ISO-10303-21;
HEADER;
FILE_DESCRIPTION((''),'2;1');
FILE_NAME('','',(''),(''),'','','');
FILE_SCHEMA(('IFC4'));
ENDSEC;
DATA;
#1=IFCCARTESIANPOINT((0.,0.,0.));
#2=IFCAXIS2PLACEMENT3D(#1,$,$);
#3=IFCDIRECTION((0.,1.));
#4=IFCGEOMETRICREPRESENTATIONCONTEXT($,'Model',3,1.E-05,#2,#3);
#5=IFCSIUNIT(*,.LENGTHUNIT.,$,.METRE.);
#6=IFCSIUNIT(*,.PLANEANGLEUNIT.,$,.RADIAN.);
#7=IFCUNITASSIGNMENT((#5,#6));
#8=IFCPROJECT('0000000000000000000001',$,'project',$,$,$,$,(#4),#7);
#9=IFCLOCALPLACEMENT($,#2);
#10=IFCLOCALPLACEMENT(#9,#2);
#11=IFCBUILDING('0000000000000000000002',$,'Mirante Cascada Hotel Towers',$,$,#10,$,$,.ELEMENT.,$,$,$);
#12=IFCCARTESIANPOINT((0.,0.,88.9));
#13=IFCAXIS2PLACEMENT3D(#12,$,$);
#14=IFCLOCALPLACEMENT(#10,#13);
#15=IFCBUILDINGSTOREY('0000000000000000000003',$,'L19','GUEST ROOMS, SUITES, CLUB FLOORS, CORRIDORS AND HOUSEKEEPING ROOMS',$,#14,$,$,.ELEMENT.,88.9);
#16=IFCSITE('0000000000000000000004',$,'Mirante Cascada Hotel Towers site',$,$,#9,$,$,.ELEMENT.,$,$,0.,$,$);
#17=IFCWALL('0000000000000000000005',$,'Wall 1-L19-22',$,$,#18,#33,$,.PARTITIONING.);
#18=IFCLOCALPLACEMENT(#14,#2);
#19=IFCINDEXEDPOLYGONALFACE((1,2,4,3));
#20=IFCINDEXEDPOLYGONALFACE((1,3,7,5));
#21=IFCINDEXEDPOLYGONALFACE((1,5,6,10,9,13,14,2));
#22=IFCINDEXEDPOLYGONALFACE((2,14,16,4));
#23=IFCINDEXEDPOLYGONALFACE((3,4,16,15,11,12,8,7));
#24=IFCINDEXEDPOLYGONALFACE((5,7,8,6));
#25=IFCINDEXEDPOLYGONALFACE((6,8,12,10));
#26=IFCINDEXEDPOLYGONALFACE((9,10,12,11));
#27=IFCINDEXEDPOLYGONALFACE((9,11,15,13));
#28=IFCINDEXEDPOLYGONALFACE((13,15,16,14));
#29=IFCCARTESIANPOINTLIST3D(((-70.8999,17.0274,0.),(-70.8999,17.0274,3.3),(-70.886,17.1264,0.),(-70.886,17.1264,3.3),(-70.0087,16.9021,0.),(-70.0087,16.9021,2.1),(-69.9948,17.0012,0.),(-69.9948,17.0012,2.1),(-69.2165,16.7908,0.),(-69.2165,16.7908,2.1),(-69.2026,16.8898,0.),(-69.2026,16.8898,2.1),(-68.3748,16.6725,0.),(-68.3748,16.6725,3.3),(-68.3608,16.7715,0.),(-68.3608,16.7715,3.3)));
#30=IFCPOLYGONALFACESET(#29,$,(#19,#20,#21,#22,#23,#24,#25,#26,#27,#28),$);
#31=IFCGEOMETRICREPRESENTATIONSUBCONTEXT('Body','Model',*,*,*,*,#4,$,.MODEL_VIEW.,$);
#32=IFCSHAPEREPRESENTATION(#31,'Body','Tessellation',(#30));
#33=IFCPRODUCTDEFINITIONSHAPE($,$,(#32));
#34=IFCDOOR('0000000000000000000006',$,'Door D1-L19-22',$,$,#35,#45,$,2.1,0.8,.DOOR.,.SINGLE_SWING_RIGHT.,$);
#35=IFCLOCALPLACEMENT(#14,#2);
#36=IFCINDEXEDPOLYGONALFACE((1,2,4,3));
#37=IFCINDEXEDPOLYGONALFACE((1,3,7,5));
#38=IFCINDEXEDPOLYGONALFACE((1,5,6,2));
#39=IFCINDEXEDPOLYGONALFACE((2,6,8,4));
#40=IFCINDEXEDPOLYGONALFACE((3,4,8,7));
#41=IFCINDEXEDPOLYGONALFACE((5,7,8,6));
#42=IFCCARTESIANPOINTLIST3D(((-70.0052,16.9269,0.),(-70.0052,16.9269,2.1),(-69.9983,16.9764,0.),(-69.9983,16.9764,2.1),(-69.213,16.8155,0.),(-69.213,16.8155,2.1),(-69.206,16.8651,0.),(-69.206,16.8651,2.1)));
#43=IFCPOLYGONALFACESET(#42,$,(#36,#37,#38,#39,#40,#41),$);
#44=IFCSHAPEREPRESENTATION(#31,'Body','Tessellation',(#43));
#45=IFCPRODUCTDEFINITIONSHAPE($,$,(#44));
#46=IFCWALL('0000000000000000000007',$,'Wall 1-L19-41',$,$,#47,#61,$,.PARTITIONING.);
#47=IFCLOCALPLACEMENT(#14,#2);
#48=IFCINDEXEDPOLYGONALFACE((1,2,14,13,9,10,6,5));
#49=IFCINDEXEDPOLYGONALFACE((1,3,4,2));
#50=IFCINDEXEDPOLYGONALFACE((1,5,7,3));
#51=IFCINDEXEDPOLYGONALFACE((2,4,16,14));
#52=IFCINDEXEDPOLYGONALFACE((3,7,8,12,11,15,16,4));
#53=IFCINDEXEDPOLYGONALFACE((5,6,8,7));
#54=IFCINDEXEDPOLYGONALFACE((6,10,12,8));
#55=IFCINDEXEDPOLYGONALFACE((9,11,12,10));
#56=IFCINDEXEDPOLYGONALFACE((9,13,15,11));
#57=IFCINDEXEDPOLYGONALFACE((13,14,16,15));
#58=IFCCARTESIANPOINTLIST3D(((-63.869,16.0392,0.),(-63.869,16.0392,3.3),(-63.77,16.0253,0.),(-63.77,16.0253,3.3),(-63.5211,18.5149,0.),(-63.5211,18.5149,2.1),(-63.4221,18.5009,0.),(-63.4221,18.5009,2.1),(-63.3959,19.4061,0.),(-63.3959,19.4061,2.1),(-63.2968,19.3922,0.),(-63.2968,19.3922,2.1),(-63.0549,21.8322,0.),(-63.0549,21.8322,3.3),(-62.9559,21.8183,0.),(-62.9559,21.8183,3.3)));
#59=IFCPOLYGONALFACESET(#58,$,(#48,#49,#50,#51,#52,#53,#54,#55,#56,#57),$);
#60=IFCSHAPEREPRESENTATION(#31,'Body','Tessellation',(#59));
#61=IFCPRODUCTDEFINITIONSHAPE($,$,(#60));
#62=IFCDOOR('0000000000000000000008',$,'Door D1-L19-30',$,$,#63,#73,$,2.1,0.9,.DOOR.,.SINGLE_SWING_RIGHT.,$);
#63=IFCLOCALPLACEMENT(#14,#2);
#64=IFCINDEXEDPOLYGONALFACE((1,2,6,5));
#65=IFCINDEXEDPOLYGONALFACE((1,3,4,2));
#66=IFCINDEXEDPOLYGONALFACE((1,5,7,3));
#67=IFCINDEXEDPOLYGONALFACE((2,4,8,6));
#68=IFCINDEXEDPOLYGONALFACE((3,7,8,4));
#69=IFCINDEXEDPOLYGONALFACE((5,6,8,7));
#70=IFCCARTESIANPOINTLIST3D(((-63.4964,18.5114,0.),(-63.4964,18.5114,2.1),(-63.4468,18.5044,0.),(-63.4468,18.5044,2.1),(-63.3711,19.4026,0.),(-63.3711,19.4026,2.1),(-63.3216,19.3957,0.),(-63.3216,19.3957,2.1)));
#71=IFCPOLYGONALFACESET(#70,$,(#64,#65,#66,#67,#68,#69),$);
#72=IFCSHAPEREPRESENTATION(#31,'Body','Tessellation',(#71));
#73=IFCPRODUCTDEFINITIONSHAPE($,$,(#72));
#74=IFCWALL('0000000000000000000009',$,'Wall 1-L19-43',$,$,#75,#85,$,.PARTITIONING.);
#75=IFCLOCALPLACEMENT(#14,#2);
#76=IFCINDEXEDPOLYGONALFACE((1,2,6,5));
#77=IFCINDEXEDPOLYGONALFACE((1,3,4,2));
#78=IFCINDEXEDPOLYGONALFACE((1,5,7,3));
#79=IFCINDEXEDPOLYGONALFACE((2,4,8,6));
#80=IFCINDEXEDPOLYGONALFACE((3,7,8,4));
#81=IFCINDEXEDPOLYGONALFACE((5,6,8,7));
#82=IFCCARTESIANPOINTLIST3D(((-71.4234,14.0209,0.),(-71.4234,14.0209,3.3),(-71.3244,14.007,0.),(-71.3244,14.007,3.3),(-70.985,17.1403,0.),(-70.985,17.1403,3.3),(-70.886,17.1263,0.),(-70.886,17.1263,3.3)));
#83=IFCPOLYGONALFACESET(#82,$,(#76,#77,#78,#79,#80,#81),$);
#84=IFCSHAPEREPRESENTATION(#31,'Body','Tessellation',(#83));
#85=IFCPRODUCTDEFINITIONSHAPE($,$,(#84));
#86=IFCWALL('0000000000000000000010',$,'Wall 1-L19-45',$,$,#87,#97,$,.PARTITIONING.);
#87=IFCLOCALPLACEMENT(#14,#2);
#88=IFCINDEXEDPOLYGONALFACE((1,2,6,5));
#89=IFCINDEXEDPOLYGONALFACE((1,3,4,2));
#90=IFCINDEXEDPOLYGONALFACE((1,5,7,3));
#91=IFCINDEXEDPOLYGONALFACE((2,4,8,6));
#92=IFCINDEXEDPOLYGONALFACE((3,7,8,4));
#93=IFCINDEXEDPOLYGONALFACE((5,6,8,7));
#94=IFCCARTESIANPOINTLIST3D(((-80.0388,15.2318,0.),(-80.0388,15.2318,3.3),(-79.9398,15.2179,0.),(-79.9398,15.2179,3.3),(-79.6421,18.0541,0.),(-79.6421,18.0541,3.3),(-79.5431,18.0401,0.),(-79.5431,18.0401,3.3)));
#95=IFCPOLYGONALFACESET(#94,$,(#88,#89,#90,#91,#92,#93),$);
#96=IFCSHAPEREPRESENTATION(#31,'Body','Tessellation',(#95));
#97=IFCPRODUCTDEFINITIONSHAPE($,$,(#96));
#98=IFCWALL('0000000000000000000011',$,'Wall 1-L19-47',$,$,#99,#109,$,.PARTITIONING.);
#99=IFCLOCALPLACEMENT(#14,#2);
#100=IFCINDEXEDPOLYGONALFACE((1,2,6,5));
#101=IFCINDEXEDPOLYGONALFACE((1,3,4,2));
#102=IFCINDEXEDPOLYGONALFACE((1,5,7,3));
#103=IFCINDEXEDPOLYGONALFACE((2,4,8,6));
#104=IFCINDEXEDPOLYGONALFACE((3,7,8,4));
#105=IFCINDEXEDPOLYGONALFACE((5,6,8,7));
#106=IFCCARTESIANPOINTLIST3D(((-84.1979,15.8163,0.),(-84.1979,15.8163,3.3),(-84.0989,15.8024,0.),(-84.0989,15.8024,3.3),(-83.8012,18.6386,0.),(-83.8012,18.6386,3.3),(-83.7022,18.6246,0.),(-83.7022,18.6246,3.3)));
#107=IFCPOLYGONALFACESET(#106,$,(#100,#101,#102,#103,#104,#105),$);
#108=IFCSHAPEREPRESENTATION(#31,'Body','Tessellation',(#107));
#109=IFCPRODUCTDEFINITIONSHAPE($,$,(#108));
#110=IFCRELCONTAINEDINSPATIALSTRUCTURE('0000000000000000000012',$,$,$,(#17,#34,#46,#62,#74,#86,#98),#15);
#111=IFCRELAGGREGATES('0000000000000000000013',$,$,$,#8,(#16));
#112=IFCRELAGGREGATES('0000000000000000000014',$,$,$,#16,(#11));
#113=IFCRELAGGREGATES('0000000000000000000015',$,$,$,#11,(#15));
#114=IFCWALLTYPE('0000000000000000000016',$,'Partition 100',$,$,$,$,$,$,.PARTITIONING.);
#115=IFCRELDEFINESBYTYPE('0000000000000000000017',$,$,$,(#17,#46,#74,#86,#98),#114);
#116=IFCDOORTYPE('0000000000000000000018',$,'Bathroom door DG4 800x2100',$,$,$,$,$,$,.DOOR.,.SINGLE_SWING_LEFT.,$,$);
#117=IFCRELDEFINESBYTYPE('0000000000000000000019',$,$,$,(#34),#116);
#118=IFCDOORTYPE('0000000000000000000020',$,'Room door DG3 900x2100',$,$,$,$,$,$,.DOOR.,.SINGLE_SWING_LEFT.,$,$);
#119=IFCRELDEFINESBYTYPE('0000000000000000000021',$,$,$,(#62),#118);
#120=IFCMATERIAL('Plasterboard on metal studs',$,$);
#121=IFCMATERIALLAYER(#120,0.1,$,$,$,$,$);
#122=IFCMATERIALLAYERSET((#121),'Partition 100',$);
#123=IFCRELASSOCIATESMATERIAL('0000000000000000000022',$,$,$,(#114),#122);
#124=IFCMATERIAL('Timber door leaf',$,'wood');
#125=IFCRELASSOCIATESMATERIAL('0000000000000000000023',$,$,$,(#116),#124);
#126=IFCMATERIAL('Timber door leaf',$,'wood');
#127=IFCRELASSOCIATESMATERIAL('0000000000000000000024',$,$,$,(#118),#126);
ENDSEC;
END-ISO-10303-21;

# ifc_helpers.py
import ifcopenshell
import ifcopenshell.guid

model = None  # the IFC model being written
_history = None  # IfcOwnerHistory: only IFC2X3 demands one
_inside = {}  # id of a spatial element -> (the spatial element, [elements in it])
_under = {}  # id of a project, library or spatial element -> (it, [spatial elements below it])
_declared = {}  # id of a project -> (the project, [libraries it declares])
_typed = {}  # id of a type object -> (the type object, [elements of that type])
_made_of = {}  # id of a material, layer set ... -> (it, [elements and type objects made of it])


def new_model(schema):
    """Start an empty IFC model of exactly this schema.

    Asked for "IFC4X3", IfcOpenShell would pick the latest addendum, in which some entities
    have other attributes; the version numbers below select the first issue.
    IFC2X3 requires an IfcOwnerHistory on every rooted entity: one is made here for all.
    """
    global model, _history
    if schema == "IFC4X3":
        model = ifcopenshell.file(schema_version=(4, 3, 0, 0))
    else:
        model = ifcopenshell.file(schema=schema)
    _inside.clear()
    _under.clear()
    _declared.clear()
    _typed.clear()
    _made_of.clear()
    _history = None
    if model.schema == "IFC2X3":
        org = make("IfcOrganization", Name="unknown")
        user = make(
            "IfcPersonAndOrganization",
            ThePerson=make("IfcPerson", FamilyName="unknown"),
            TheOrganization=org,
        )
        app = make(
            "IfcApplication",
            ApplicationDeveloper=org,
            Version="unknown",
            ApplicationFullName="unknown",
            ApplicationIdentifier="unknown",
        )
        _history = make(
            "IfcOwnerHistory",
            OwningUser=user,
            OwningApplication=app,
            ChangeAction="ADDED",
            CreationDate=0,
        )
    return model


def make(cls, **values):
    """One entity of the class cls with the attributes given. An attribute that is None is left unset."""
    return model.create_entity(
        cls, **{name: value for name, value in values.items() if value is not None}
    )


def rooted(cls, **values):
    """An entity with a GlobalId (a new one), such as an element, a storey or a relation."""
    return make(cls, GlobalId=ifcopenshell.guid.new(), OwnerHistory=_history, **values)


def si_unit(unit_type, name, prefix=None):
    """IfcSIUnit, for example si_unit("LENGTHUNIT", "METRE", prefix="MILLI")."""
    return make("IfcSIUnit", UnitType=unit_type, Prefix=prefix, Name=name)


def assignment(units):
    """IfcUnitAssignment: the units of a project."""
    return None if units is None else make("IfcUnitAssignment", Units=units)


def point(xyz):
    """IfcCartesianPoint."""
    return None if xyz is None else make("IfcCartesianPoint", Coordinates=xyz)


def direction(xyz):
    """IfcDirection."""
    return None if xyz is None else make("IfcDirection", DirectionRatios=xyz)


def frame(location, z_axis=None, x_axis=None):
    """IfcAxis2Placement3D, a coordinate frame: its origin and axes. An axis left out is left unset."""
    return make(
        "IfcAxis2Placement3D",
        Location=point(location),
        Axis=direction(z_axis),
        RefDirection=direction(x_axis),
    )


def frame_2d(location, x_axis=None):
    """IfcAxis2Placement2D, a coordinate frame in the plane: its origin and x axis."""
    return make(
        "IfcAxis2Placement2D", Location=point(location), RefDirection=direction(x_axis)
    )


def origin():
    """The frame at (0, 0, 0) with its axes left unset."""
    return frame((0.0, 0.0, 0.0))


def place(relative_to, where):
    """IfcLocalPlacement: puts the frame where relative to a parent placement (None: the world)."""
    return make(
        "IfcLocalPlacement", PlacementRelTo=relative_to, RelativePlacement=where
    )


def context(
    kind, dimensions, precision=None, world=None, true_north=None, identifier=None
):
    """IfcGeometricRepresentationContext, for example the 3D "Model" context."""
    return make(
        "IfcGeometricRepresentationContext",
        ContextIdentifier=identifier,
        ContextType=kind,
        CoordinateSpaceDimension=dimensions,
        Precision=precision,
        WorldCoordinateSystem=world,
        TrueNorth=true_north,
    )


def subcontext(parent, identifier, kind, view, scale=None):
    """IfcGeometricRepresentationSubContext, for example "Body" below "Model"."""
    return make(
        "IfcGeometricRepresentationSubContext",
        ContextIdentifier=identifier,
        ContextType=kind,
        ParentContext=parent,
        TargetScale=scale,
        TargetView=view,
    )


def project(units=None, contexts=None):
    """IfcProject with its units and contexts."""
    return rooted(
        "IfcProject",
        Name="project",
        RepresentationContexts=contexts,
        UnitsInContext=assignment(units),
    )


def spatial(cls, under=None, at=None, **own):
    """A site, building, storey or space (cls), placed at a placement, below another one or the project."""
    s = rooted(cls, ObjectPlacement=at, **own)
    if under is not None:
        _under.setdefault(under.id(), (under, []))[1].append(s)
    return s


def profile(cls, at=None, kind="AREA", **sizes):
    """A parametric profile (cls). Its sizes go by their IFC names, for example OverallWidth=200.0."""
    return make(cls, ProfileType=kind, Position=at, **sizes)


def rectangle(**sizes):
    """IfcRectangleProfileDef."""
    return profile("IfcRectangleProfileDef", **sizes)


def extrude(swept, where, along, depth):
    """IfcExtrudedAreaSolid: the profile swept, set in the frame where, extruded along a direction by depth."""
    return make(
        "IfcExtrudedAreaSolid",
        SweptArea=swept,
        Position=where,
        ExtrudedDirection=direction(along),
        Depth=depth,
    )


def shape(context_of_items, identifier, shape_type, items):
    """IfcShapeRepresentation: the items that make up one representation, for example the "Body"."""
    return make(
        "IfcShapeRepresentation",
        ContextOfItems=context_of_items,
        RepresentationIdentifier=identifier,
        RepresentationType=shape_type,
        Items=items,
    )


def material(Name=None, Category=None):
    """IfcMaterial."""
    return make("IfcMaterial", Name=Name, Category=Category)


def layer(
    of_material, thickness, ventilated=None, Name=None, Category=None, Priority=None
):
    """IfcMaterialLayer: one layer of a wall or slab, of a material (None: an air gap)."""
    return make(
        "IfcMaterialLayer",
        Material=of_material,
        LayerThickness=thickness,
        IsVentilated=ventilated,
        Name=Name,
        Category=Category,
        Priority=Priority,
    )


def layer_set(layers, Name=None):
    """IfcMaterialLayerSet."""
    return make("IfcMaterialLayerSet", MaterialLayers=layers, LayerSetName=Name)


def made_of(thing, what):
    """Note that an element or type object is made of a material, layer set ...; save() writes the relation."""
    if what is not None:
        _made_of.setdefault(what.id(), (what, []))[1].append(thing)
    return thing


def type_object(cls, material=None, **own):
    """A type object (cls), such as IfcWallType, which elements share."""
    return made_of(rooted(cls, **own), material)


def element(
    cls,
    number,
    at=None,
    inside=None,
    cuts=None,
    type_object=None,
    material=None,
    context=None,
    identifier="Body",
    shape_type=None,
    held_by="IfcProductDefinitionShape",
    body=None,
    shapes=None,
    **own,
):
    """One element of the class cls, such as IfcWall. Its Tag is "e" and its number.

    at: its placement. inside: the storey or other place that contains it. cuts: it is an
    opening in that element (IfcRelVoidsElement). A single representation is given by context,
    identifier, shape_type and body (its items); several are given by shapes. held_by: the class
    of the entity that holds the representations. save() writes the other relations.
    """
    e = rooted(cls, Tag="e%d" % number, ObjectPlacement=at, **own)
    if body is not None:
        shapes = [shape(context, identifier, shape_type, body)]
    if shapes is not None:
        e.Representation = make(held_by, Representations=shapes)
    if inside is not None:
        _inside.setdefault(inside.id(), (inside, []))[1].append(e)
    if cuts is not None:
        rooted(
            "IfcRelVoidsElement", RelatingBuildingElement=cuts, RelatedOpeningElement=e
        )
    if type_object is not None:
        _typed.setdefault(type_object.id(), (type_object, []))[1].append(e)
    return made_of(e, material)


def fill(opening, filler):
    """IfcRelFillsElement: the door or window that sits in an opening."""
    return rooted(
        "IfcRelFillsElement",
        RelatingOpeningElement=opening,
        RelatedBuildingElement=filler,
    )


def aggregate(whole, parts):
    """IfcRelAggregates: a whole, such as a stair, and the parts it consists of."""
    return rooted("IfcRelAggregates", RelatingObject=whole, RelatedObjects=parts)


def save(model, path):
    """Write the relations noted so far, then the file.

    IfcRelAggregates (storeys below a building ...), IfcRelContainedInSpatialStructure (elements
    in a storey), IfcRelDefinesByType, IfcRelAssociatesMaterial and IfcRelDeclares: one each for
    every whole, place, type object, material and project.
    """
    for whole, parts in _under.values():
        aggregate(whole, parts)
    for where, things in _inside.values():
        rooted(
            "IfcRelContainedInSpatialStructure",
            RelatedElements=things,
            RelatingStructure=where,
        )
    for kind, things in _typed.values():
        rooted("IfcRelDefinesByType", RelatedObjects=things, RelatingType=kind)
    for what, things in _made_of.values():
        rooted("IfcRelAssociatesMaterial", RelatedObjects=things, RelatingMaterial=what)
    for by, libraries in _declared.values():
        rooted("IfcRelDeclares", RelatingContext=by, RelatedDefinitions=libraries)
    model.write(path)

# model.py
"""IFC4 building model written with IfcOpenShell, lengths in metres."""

from ifc_helpers import new_model, si_unit, direction, frame, frame_2d, origin, place, context, subcontext, project, spatial, rectangle, extrude, material, layer, layer_set, type_object, element, fill, save


model = new_model("IFC4")

# Units and contexts
model_context = context("Model", 3, precision=1e-05, world=origin(), true_north=direction((0.0, 1.0)))
body_context = subcontext(model_context, "Body", "Model", "MODEL_VIEW")
ifc_project = project(units=[si_unit("LENGTHUNIT", "METRE"), si_unit("PLANEANGLEUNIT", "RADIAN")], contexts=[model_context])

# Site, building, storey
site_placement = place(None, origin())
site = spatial("IfcSite", under=ifc_project, at=site_placement, Name="Mirante Cascada Hotel Towers site", CompositionType="ELEMENT", RefElevation=0.0)
building_placement = place(site_placement, origin())
building = spatial("IfcBuilding", under=site, at=building_placement, Name="Mirante Cascada Hotel Towers", CompositionType="ELEMENT")
storey_placement = place(building_placement, frame((0.0, 0.0, 88.9)))
storey = spatial("IfcBuildingStorey", under=building, at=storey_placement, Name="L19", Description="GUEST ROOMS, SUITES, CLUB FLOORS, CORRIDORS AND HOUSEKEEPING ROOMS", CompositionType="ELEMENT", Elevation=88.9)

# Shared definitions
ifc_material_1 = material(Name="Plasterboard on metal studs")
ifc_layer_1 = layer(ifc_material_1, 0.1)
ifc_layer_set_1 = layer_set([ifc_layer_1], Name="Partition 100")
wall_type_1 = type_object("IfcWallType", Name="Partition 100", PredefinedType="PARTITIONING", material=ifc_layer_set_1)
ifc_material_2 = material(Name="Timber door leaf", Category="wood")
door_type_1 = type_object("IfcDoorType", Name="Bathroom door DG4 800x2100", OperationType="SINGLE_SWING_LEFT", PredefinedType="DOOR", material=ifc_material_2)

# Walls, openings, doors
wall_1_placement = place(storey_placement, frame((-68.3678, 16.722, 0.0), z_axis=(0.0, 0.0, 1.0), x_axis=(-0.990268, 0.139176, 0.0)))
wall_1 = element("IfcWall", 1, at=wall_1_placement, inside=storey, type_object=wall_type_1, Name="Wall 1-L19-22", PredefinedType="PARTITIONING", context=body_context, shape_type="SweptSolid", body=[
    extrude(rectangle(XDim=2.55, YDim=0.1, at=frame_2d((1.275, 0.0))), origin(), (0.0, 0.0, 1.0), 3.3),
])
opening_1_placement = place(wall_1_placement, frame((0.85, 0.0, 0.0)))
opening_1 = element("IfcOpeningElement", 2, at=opening_1_placement, cuts=wall_1, PredefinedType="OPENING", context=body_context, shape_type="SweptSolid", body=[
    extrude(rectangle(XDim=0.8, YDim=2.1, at=frame_2d((0.4, 1.05))), frame((0.0, 0.05, 0.0), z_axis=(0.0, -1.0, 0.0), x_axis=(1.0, 0.0, 0.0)), (0.0, 0.0, 1.0), 0.1),
])
door_1_placement = place(opening_1_placement, frame((0.8, 0.0, 0.0), z_axis=(0.0, 0.0, 1.0), x_axis=(-1.0, 0.0, 0.0)))
door_1 = element("IfcDoor", 3, at=door_1_placement, inside=storey, type_object=door_type_1, Name="Door D1-L19-22", OperationType="SINGLE_SWING_RIGHT", OverallHeight=2.1, OverallWidth=0.8, PredefinedType="DOOR", context=body_context, shape_type="SweptSolid", body=[
    extrude(rectangle(XDim=0.8, YDim=2.1, at=frame_2d((0.4, 1.05))), frame((0.0, 0.025, 0.0), z_axis=(0.0, -1.0, 0.0), x_axis=(1.0, 0.0, 0.0)), (0.0, 0.0, 1.0), 0.05),
])
fill(opening_1, door_1)
wall_2_placement = place(storey_placement, frame((-63.0054, 21.8253, 0.0), z_axis=(0.0, 0.0, 1.0), x_axis=(-0.139164, -0.990269, 0.0)))
wall_2 = element("IfcWall", 4, at=wall_2_placement, inside=storey, type_object=wall_type_1, Name="Wall 1-L19-41", PredefinedType="PARTITIONING", context=body_context, shape_type="SweptSolid", body=[
    extrude(rectangle(XDim=5.8499, YDim=0.1, at=frame_2d((2.925, 0.0))), origin(), (0.0, 0.0, 1.0), 3.3),
])
opening_2_placement = place(wall_2_placement, frame((2.45, 0.0, 0.0)))
opening_2 = element("IfcOpeningElement", 5, at=opening_2_placement, cuts=wall_2, PredefinedType="OPENING", context=body_context, shape_type="SweptSolid", body=[
    extrude(rectangle(XDim=0.9, YDim=2.1, at=frame_2d((0.45, 1.05))), frame((0.0, 0.05, 0.0), z_axis=(0.0, -1.0, 0.0), x_axis=(1.0, 0.0, 0.0)), (0.0, 0.0, 1.0), 0.1),
])
ifc_material_3 = material(Name="Timber door leaf", Category="wood")
door_type_2 = type_object("IfcDoorType", Name="Room door DG3 900x2100", OperationType="SINGLE_SWING_LEFT", PredefinedType="DOOR", material=ifc_material_3)
door_2_placement = place(opening_2_placement, frame((0.9, 0.0, 0.0), z_axis=(0.0, 0.0, 1.0), x_axis=(-1.0, 0.0, 0.0)))
door_2 = element("IfcDoor", 6, at=door_2_placement, inside=storey, type_object=door_type_2, Name="Door D1-L19-30", OperationType="SINGLE_SWING_RIGHT", OverallHeight=2.1, OverallWidth=0.9, PredefinedType="DOOR", context=body_context, shape_type="SweptSolid", body=[
    extrude(rectangle(XDim=0.9, YDim=2.1, at=frame_2d((0.45, 1.05))), frame((0.0, 0.025, 0.0), z_axis=(0.0, -1.0, 0.0), x_axis=(1.0, 0.0, 0.0)), (0.0, 0.0, 1.0), 0.05),
])
fill(opening_2, door_2)

# Walls
wall_3_placement = place(storey_placement, frame((-70.9355, 17.1333, 0.0), z_axis=(0.0, 0.0, 1.0), x_axis=(-0.139177, -0.990268, 0.0)))
element("IfcWall", 7, at=wall_3_placement, inside=storey, type_object=wall_type_1, Name="Wall 1-L19-43", PredefinedType="PARTITIONING", context=body_context, shape_type="SweptSolid", body=[
    extrude(rectangle(XDim=3.15, YDim=0.1, at=frame_2d((1.575, 0.0))), origin(), (0.0, 0.0, 1.0), 3.3),
])
for number, where, z_axis, x_axis, name in (
    (8, (-79.5926, 18.0471, 0.0), (0.0, 0.0, 1.0), (-0.139191, -0.990266, 0.0), "Wall 1-L19-45"),
    (9, (-83.7517, 18.6316, 0.0), (0.0, 0.0, 1.0), (-0.139191, -0.990266, 0.0), "Wall 1-L19-47"),
):
    element("IfcWall", number, at=place(storey_placement, frame(where, z_axis=z_axis, x_axis=x_axis)), inside=storey, type_object=wall_type_1, Name=name, PredefinedType="PARTITIONING", context=body_context, shape_type="SweptSolid", body=[
        extrude(rectangle(XDim=2.85, YDim=0.1, at=frame_2d((1.425, 0.0))), origin(), (0.0, 0.0, 1.0), 3.3),
    ])

save(model, "model.ifc")
